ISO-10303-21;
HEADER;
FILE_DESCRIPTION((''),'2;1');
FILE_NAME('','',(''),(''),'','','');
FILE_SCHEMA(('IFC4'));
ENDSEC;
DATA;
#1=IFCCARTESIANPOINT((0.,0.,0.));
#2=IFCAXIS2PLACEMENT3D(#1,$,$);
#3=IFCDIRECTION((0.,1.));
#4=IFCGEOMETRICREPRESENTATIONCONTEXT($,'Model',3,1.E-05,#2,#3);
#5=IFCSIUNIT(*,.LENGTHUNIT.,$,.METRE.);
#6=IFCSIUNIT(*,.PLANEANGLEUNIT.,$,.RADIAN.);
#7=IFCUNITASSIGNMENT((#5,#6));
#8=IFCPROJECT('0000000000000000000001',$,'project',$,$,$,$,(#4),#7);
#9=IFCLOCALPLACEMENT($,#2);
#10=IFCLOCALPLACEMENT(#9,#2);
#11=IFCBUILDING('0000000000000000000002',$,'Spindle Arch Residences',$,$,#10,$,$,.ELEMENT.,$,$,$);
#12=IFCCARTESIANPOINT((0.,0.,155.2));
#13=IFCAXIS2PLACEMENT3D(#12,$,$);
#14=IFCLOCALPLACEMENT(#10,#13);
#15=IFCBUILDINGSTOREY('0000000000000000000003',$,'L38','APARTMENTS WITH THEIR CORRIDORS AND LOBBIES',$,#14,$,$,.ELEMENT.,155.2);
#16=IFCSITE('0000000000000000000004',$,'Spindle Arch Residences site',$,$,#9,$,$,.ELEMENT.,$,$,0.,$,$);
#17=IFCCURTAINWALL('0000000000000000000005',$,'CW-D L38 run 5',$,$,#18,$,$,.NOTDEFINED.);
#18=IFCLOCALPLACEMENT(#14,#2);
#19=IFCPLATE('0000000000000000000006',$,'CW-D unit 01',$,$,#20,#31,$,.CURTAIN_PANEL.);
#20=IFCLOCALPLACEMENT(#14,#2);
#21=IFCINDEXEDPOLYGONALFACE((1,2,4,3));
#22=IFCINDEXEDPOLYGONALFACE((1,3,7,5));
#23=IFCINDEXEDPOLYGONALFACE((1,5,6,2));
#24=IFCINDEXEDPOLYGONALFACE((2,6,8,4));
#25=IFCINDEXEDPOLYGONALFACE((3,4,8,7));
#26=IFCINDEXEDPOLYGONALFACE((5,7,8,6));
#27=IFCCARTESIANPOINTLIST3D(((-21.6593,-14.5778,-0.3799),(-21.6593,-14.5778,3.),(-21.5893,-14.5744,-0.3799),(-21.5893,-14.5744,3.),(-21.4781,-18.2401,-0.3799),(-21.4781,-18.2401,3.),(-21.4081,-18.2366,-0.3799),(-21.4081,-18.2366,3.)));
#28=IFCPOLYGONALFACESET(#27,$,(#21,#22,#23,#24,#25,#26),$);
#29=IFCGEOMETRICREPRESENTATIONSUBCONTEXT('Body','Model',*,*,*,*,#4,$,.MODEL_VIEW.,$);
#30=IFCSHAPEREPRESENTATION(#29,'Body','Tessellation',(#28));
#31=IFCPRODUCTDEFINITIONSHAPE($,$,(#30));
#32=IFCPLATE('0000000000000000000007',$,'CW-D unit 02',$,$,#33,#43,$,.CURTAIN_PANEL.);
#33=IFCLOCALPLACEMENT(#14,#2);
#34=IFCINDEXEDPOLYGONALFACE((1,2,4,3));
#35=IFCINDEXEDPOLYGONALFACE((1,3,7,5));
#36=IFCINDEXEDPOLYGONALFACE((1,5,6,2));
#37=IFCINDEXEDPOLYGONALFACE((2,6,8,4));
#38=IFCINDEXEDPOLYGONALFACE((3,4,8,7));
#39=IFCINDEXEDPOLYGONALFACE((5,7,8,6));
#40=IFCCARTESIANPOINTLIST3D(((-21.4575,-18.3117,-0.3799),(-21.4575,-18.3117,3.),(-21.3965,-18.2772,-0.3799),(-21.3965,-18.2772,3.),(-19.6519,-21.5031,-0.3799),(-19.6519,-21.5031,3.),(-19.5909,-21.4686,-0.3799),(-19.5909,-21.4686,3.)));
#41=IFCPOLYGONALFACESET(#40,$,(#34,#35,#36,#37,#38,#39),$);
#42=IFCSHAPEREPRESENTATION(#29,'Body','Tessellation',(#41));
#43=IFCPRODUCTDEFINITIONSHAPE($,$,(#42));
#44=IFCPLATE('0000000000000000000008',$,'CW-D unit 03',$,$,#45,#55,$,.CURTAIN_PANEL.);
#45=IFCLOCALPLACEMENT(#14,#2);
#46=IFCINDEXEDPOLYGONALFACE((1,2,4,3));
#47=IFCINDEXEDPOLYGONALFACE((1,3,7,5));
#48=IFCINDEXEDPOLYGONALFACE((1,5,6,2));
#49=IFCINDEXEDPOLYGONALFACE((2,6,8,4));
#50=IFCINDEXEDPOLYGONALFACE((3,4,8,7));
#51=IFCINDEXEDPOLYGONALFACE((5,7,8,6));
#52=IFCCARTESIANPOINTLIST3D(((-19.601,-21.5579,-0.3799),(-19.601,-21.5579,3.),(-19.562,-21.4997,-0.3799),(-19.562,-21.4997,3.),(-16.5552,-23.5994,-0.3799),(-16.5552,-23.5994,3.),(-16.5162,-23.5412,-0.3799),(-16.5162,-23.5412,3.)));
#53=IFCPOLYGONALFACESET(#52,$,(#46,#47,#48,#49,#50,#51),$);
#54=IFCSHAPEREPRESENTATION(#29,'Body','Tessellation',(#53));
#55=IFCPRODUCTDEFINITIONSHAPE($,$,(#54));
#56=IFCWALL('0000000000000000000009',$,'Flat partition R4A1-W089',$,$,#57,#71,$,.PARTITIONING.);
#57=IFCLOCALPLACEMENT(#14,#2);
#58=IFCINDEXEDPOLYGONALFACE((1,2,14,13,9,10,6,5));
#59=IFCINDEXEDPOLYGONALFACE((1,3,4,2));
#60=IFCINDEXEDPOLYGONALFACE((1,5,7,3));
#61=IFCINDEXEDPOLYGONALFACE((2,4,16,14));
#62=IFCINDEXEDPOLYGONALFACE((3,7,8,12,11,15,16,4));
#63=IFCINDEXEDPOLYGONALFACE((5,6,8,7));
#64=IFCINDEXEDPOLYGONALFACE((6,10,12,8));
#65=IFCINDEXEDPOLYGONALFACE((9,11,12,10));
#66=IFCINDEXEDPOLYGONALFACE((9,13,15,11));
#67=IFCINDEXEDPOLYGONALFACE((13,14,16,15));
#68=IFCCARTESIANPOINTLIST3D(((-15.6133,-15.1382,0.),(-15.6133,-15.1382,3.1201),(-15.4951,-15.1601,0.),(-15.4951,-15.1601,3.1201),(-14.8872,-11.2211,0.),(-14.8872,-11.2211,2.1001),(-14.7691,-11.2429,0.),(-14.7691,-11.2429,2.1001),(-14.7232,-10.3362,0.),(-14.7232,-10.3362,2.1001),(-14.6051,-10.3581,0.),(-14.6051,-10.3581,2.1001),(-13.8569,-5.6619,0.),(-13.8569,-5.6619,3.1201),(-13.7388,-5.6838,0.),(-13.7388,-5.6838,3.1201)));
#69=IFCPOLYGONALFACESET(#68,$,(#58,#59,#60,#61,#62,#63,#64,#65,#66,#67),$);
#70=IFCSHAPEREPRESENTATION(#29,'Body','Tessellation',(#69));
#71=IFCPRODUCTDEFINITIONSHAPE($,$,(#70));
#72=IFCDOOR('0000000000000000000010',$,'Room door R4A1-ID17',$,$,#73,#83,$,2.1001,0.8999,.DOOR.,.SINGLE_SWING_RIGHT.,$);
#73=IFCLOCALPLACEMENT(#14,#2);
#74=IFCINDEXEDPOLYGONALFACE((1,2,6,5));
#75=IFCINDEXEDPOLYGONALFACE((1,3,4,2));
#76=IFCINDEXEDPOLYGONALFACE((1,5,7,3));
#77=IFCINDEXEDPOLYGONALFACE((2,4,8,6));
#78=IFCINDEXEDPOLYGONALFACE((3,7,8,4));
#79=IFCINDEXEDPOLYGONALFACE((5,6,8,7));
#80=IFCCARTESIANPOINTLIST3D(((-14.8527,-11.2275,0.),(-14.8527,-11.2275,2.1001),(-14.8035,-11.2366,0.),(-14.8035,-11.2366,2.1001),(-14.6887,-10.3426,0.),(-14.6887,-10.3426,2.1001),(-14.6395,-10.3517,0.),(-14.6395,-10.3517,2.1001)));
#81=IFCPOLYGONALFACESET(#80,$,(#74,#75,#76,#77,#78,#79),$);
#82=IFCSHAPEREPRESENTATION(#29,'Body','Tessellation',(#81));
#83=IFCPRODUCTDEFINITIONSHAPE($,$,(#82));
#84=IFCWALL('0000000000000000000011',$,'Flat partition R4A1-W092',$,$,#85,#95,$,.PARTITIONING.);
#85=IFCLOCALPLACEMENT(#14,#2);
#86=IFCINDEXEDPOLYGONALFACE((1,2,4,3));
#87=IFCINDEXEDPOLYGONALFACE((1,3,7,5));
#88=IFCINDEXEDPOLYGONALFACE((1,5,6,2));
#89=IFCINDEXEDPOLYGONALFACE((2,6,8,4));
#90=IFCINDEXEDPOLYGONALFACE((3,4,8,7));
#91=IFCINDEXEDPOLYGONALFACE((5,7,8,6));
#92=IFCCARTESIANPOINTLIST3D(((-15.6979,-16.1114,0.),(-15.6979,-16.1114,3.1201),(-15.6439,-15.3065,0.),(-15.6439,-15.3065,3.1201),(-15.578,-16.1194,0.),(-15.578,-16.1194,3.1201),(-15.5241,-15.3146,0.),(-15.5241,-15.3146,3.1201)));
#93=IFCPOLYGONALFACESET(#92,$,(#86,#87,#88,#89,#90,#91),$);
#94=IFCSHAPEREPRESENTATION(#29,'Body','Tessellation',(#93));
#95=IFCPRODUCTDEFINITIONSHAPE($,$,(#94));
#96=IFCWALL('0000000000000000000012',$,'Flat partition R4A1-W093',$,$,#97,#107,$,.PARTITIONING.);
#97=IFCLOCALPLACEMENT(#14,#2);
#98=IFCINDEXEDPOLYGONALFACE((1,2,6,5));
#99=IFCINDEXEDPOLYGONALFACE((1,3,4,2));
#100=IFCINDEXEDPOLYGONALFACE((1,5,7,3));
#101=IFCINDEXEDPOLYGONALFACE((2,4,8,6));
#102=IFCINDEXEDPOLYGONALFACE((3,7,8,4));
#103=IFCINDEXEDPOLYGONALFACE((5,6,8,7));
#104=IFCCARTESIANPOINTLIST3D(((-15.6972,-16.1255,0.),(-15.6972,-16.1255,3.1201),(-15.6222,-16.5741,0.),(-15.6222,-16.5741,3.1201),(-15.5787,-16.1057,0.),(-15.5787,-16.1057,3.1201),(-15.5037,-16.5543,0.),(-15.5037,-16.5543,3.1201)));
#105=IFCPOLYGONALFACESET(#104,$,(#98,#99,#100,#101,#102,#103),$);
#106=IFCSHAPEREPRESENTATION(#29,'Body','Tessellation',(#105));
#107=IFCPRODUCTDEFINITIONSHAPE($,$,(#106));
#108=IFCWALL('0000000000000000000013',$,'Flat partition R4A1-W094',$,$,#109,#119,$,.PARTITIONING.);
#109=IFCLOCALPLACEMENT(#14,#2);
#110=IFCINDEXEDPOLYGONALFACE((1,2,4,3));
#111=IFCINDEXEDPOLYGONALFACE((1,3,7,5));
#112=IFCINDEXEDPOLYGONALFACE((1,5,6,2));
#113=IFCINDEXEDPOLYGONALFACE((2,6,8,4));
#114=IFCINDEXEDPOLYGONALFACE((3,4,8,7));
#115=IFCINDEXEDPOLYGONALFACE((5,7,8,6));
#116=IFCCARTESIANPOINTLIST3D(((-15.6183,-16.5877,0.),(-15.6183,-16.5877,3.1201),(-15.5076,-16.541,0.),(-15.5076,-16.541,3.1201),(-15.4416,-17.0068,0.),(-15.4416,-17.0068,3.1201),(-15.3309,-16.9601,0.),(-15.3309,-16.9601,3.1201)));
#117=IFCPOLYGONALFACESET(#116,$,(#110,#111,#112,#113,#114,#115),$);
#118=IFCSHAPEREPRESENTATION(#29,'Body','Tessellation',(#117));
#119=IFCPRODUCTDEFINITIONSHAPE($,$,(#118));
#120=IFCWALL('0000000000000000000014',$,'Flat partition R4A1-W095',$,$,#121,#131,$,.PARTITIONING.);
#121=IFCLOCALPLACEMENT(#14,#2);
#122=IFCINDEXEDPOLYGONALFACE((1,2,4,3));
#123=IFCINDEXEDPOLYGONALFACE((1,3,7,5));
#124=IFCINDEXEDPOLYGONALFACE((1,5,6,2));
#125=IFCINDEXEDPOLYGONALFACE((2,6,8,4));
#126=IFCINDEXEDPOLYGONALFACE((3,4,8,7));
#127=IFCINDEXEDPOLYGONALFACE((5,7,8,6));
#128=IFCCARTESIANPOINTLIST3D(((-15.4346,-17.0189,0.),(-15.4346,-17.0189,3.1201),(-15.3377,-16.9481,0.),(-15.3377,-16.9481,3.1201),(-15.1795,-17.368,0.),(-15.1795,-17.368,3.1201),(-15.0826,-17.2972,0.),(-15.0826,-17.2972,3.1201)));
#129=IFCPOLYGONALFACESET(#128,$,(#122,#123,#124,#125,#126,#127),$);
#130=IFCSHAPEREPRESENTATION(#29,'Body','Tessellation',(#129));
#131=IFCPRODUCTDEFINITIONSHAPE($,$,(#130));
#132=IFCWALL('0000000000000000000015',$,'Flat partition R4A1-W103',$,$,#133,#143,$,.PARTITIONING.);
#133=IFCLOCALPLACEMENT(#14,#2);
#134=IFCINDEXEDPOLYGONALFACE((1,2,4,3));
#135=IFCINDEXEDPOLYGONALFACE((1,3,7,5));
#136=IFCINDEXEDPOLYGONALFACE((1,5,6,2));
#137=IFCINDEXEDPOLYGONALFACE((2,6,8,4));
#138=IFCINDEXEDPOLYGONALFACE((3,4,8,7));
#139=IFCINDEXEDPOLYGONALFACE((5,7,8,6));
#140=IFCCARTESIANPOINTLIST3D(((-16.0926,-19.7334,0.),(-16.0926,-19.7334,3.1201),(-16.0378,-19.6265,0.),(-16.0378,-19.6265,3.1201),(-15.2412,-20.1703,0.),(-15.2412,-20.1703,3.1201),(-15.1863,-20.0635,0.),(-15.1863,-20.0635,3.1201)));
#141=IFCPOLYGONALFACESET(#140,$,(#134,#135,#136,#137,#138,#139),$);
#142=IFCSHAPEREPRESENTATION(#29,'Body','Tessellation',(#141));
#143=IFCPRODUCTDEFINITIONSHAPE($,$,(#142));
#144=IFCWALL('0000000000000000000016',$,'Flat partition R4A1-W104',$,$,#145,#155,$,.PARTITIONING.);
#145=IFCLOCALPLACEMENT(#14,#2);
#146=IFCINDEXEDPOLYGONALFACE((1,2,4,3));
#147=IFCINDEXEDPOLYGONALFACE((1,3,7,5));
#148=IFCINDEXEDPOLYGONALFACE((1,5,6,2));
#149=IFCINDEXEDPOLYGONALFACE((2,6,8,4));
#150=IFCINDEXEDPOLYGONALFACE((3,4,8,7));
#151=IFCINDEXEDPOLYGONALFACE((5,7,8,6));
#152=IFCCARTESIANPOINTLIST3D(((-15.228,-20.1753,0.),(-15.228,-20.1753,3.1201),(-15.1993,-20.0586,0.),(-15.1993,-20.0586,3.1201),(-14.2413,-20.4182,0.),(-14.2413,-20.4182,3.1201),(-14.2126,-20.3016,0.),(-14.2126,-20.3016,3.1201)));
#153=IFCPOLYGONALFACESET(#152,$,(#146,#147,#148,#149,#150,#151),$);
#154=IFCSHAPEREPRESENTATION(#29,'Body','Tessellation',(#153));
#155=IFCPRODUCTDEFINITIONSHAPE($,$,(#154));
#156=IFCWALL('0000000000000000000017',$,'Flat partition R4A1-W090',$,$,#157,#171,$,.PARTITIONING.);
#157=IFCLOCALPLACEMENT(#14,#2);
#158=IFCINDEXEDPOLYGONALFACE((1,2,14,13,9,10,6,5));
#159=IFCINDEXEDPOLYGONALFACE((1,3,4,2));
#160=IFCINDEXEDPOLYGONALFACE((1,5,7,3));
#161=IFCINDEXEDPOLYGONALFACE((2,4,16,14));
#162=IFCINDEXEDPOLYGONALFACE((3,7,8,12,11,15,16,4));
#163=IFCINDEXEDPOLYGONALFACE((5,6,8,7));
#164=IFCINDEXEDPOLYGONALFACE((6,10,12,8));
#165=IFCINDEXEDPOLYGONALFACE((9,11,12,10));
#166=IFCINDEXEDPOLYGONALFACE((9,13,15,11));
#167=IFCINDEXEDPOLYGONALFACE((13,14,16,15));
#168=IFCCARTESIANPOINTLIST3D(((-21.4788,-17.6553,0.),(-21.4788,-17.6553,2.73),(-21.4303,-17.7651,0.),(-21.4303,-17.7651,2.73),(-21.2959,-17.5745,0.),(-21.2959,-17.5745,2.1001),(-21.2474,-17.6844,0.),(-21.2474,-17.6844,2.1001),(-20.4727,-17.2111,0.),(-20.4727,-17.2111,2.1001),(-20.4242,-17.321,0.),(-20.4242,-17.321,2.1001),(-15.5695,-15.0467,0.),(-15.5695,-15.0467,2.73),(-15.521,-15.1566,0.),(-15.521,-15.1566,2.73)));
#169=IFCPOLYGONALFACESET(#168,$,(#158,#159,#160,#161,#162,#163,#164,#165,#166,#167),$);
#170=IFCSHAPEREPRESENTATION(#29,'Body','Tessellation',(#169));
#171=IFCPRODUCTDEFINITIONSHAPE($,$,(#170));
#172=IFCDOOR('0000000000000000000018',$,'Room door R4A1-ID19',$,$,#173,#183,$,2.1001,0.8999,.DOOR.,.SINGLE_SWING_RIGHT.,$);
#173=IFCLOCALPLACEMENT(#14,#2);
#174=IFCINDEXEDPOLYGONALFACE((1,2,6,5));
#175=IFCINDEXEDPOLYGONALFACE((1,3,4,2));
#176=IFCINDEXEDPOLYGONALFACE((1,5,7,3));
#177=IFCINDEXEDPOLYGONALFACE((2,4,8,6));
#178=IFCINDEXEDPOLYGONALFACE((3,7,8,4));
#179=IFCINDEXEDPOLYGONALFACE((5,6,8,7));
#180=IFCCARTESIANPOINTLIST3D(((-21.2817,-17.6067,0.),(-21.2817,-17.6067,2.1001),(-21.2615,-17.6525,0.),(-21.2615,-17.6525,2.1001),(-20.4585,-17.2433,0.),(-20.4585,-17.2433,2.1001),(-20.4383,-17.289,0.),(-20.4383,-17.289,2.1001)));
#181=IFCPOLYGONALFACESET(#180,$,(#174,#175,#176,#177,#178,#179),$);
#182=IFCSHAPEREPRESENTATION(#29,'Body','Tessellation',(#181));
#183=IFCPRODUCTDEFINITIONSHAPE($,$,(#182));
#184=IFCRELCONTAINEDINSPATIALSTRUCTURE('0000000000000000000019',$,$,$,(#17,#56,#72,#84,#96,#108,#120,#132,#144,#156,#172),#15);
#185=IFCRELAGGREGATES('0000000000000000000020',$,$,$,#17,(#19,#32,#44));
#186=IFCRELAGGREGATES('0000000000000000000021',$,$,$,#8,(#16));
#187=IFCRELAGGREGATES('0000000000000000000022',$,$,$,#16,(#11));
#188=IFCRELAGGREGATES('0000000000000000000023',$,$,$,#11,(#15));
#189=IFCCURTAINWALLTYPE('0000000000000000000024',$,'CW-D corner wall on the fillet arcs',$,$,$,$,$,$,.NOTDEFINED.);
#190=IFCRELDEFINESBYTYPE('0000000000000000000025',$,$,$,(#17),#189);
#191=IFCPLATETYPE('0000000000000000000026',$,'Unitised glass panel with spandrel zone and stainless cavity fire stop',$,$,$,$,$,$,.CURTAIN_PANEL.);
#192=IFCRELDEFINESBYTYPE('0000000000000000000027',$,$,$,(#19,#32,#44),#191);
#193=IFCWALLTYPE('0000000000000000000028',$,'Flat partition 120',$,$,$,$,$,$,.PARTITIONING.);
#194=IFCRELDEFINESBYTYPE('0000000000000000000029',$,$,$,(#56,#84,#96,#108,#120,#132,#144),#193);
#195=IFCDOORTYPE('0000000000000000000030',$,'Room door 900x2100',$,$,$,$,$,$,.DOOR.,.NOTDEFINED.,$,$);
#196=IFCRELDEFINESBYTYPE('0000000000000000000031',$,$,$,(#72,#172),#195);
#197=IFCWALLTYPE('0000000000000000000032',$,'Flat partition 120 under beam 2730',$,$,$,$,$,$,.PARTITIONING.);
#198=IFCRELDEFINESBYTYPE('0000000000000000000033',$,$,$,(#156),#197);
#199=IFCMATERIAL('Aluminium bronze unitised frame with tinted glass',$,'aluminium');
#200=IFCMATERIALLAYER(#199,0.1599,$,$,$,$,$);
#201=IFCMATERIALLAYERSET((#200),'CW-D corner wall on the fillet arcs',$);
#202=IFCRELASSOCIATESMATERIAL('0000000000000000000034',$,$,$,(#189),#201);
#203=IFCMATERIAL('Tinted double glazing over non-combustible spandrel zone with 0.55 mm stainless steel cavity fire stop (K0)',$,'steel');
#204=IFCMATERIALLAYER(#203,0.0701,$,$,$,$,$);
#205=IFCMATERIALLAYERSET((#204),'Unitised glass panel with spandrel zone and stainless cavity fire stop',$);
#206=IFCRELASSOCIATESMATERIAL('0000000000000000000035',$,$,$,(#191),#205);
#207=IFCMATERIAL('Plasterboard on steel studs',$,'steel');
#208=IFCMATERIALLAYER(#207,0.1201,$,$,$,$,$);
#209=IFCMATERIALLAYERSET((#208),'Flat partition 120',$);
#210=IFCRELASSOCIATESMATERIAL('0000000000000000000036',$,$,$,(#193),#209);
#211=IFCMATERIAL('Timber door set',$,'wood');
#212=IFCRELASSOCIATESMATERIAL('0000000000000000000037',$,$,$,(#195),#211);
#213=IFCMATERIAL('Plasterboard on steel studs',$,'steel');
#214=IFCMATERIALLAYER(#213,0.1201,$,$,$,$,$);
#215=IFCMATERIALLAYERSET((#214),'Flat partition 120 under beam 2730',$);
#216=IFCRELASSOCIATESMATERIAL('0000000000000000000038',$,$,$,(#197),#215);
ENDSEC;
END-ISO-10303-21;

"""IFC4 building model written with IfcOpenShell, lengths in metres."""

from ifc_helpers import new_model, si_unit, direction, frame, frame_2d, origin, origin_2d, place, context, subcontext, project, spatial, rectangle, extrude, material, layer, layer_set, type_object, element, fill, aggregate, save


model = new_model("IFC4")

# Units and contexts
model_context = context("Model", 3, precision=1e-05, world=origin(), true_north=direction((0.0, 1.0)))
body_context = subcontext(model_context, "Body", "Model", "MODEL_VIEW")
ifc_project = project(units=[si_unit("LENGTHUNIT", "METRE"), si_unit("PLANEANGLEUNIT", "RADIAN")], contexts=[model_context])

# Site, building, storey
site_placement = place(None, origin())
site = spatial("IfcSite", under=ifc_project, at=site_placement, Name="Spindle Arch Residences site", CompositionType="ELEMENT", RefElevation=0.0)
building_placement = place(site_placement, origin())
building = spatial("IfcBuilding", under=site, at=building_placement, Name="Spindle Arch Residences", CompositionType="ELEMENT")
storey_placement = place(building_placement, frame((0.0, 0.0, 155.2)))
storey = spatial("IfcBuildingStorey", under=building, at=storey_placement, Name="L38", Description="APARTMENTS WITH THEIR CORRIDORS AND LOBBIES", CompositionType="ELEMENT", Elevation=155.2)

# Curtain wall
ifc_material_1 = material(Name="Aluminium bronze unitised frame with tinted glass", Category="aluminium")
ifc_layer_1 = layer(ifc_material_1, 0.1599)
ifc_layer_set_1 = layer_set([ifc_layer_1], Name="CW-D corner wall on the fillet arcs")
curtain_wall_type = type_object("IfcCurtainWallType", Name="CW-D corner wall on the fillet arcs", PredefinedType="NOTDEFINED", material=ifc_layer_set_1)
curtain_wall_placement = place(storey_placement, origin())
curtain_wall = element("IfcCurtainWall", 1, at=curtain_wall_placement, inside=storey, type_object=curtain_wall_type, Name="CW-D L38 run 5", PredefinedType="NOTDEFINED")

# Plates
ifc_material_2 = material(Name="Tinted double glazing over non-combustible spandrel zone with 0.55 mm stainless steel cavity fire stop (K0)", Category="steel")
ifc_layer_2 = layer(ifc_material_2, 0.0701)
ifc_layer_set_2 = layer_set([ifc_layer_2], Name="Unitised glass panel with spandrel zone and stainless cavity fire stop")
plate_type = type_object("IfcPlateType", Name="Unitised glass panel with spandrel zone and stainless cavity fire stop", PredefinedType="CURTAIN_PANEL", material=ifc_layer_set_2)
plate_1_placement = place(storey_placement, frame((-21.5337, -16.4072, -0.3799), z_axis=(0.0, 0.0, 1.0), x_axis=(0.049431, -0.998778, 0.0)))
plate_1 = element("IfcPlate", 2, at=plate_1_placement, type_object=plate_type, Name="CW-D unit 01", PredefinedType="CURTAIN_PANEL", context=body_context, shape_type="SweptSolid", body=[
    extrude(rectangle(XDim=3.6667, YDim=0.0701, at=origin_2d()), origin(), (0.0, 0.0, 1.0), 3.3799),
])
plate_2_placement = place(storey_placement, frame((-20.5242, -19.8901, -0.3799), z_axis=(0.0, 0.0, 1.0), x_axis=(0.492424, -0.870356, 0.0)))
plate_2 = element("IfcPlate", 3, at=plate_2_placement, type_object=plate_type, Name="CW-D unit 02", PredefinedType="CURTAIN_PANEL", context=body_context, shape_type="SweptSolid", body=[
    extrude(rectangle(XDim=3.6667, YDim=0.0701, at=origin_2d()), origin(), (0.0, 0.0, 1.0), 3.3799),
])
plate_3_placement = place(storey_placement, frame((-18.0586, -22.5496, -0.3799), z_axis=(0.0, 0.0, 1.0), x_axis=(0.830661, -0.556779, 0.0)))
plate_3 = element("IfcPlate", 4, at=plate_3_placement, type_object=plate_type, Name="CW-D unit 03", PredefinedType="CURTAIN_PANEL", context=body_context, shape_type="SweptSolid", body=[
    extrude(rectangle(XDim=3.6667, YDim=0.0701, at=origin_2d()), origin(), (0.0, 0.0, 1.0), 3.3799),
])
aggregate(curtain_wall, [plate_1, plate_2, plate_3])

# Wall, opening, door
ifc_material_3 = material(Name="Plasterboard on steel studs", Category="steel")
ifc_layer_3 = layer(ifc_material_3, 0.1201)
ifc_layer_set_3 = layer_set([ifc_layer_3], Name="Flat partition 120")
wall_type_1 = type_object("IfcWallType", Name="Flat partition 120", PredefinedType="PARTITIONING", material=ifc_layer_set_3)
wall_1_placement = place(storey_placement, frame((-15.5542, -15.1492, 0.0), z_axis=(0.0, 0.0, 1.0), x_axis=(0.182237, 0.983255, 0.0)))
wall_1 = element("IfcWall", 5, at=wall_1_placement, inside=storey, type_object=wall_type_1, Name="Flat partition R4A1-W089", PredefinedType="PARTITIONING", context=body_context, shape_type="SweptSolid", body=[
    extrude(rectangle(XDim=9.6377, YDim=0.1201, at=frame_2d((4.8188, 0.0))), origin(), (0.0, 0.0, 1.0), 3.1201),
])
opening_1_placement = place(wall_1_placement, frame((3.9839, 0.0, 0.0)))
opening_1 = element("IfcOpeningElement", 6, at=opening_1_placement, cuts=wall_1, PredefinedType="OPENING", context=body_context, shape_type="SweptSolid", body=[
    extrude(rectangle(XDim=0.8999, YDim=2.1001, at=frame_2d((0.45, 1.05))), frame((0.0, 0.0701, 0.0), z_axis=(0.0, -1.0, 0.0), x_axis=(1.0, 0.0, 0.0)), (0.0, 0.0, 1.0), 0.1401),
])
ifc_material_4 = material(Name="Timber door set", Category="wood")
door_type = type_object("IfcDoorType", Name="Room door 900x2100", OperationType="NOTDEFINED", PredefinedType="DOOR", material=ifc_material_4)
door_1_placement = place(opening_1_placement, origin())
door_1 = element("IfcDoor", 7, at=door_1_placement, inside=storey, type_object=door_type, Name="Room door R4A1-ID17", OperationType="SINGLE_SWING_RIGHT", OverallHeight=2.1001, OverallWidth=0.8999, PredefinedType="DOOR", context=body_context, shape_type="SweptSolid", body=[
    extrude(rectangle(XDim=0.8999, YDim=2.1001, at=frame_2d((0.45, 1.05))), frame((0.0, 0.0249, 0.0), z_axis=(0.0, -1.0, 0.0), x_axis=(1.0, 0.0, 0.0)), (0.0, 0.0, 1.0), 0.05),
])
fill(opening_1, door_1)

# Walls
wall_2_placement = place(storey_placement, frame((-15.584, -15.3105, 0.0), z_axis=(0.0, 0.0, 1.0), x_axis=(-0.066881, -0.997761, 0.0)))
element("IfcWall", 8, at=wall_2_placement, inside=storey, type_object=wall_type_1, Name="Flat partition R4A1-W092", PredefinedType="PARTITIONING", context=body_context, shape_type="SweptSolid", body=[
    extrude(rectangle(XDim=0.8066, YDim=0.1201, at=frame_2d((0.4033, 0.0))), origin(), (0.0, 0.0, 1.0), 3.1201),
])
for number, where, z_axis, x_axis, name in (
    (9, (-15.6379, -16.1155, 0.0), (0.0, 0.0, 1.0), (0.164747, -0.986336, 0.0), "Flat partition R4A1-W093"),
    (10, (-15.563, -16.5642, 0.0), (0.0, 0.0, 1.0), (0.388537, -0.921433, 0.0), "Flat partition R4A1-W094"),
):
    element("IfcWall", number, at=place(storey_placement, frame(where, z_axis=z_axis, x_axis=x_axis)), inside=storey, type_object=wall_type_1, Name=name, PredefinedType="PARTITIONING", context=body_context, shape_type="SweptSolid", body=[
        extrude(rectangle(XDim=0.4548, YDim=0.1201, at=frame_2d((0.2275, 0.0))), origin(), (0.0, 0.0, 1.0), 3.1201),
    ])
wall_3_placement = place(storey_placement, frame((-15.3862, -16.9834, 0.0), z_axis=(0.0, 0.0, 1.0), x_axis=(0.590017, -0.807391, 0.0)))
element("IfcWall", 11, at=wall_3_placement, inside=storey, type_object=wall_type_1, Name="Flat partition R4A1-W095", PredefinedType="PARTITIONING", context=body_context, shape_type="SweptSolid", body=[
    extrude(rectangle(XDim=0.4324, YDim=0.1201, at=frame_2d((0.2163, 0.0))), origin(), (0.0, 0.0, 1.0), 3.1201),
])
wall_4_placement = place(storey_placement, frame((-16.0652, -19.6799, 0.0), z_axis=(0.0, 0.0, 1.0), x_axis=(0.889685, -0.456576, 0.0)))
element("IfcWall", 12, at=wall_4_placement, inside=storey, type_object=wall_type_1, Name="Flat partition R4A1-W103", PredefinedType="PARTITIONING", context=body_context, shape_type="SweptSolid", body=[
    extrude(rectangle(XDim=0.957, YDim=0.1201, at=frame_2d((0.4785, 0.0))), origin(), (0.0, 0.0, 1.0), 3.1201),
])
wall_5_placement = place(storey_placement, frame((-15.2136, -20.1169, 0.0), z_axis=(0.0, 0.0, 1.0), x_axis=(0.970999, -0.239085, 0.0)))
element("IfcWall", 13, at=wall_5_placement, inside=storey, type_object=wall_type_1, Name="Flat partition R4A1-W104", PredefinedType="PARTITIONING", context=body_context, shape_type="SweptSolid", body=[
    extrude(rectangle(XDim=1.0161, YDim=0.1201, at=frame_2d((0.5081, 0.0))), origin(), (0.0, 0.0, 1.0), 3.1201),
])

# Wall, opening, door
ifc_material_5 = material(Name="Plasterboard on steel studs", Category="steel")
ifc_layer_4 = layer(ifc_material_5, 0.1201)
ifc_layer_set_4 = layer_set([ifc_layer_4], Name="Flat partition 120 under beam 2730")
wall_type_2 = type_object("IfcWallType", Name="Flat partition 120 under beam 2730", PredefinedType="PARTITIONING", material=ifc_layer_set_4)
wall_6_placement = place(storey_placement, frame((-21.4546, -17.7102, 0.0), z_axis=(0.0, 0.0, 1.0), x_axis=(0.91483, 0.40384, 0.0)))
wall_6 = element("IfcWall", 14, at=wall_6_placement, inside=storey, type_object=wall_type_2, Name="Flat partition R4A1-W090", PredefinedType="PARTITIONING", context=body_context, shape_type="SweptSolid", body=[
    extrude(rectangle(XDim=6.4595, YDim=0.1201, at=frame_2d((3.2297, 0.0))), origin(), (0.0, 0.0, 1.0), 2.73),
])
opening_2_placement = place(wall_6_placement, frame((0.2, 0.0, 0.0)))
opening_2 = element("IfcOpeningElement", 15, at=opening_2_placement, cuts=wall_6, PredefinedType="OPENING", context=body_context, shape_type="SweptSolid", body=[
    extrude(rectangle(XDim=0.8999, YDim=2.1001, at=frame_2d((0.45, 1.05))), frame((0.0, 0.0701, 0.0), z_axis=(0.0, -1.0, 0.0), x_axis=(1.0, 0.0, 0.0)), (0.0, 0.0, 1.0), 0.1401),
])
door_2_placement = place(opening_2_placement, origin())
door_2 = element("IfcDoor", 16, at=door_2_placement, inside=storey, type_object=door_type, Name="Room door R4A1-ID19", OperationType="SINGLE_SWING_RIGHT", OverallHeight=2.1001, OverallWidth=0.8999, PredefinedType="DOOR", context=body_context, shape_type="SweptSolid", body=[
    extrude(rectangle(XDim=0.8999, YDim=2.1001, at=frame_2d((0.45, 1.05))), frame((0.0, 0.0249, 0.0), z_axis=(0.0, -1.0, 0.0), x_axis=(1.0, 0.0, 0.0)), (0.0, 0.0, 1.0), 0.05),
])
fill(opening_2, door_2)

save(model, "model.ifc")
